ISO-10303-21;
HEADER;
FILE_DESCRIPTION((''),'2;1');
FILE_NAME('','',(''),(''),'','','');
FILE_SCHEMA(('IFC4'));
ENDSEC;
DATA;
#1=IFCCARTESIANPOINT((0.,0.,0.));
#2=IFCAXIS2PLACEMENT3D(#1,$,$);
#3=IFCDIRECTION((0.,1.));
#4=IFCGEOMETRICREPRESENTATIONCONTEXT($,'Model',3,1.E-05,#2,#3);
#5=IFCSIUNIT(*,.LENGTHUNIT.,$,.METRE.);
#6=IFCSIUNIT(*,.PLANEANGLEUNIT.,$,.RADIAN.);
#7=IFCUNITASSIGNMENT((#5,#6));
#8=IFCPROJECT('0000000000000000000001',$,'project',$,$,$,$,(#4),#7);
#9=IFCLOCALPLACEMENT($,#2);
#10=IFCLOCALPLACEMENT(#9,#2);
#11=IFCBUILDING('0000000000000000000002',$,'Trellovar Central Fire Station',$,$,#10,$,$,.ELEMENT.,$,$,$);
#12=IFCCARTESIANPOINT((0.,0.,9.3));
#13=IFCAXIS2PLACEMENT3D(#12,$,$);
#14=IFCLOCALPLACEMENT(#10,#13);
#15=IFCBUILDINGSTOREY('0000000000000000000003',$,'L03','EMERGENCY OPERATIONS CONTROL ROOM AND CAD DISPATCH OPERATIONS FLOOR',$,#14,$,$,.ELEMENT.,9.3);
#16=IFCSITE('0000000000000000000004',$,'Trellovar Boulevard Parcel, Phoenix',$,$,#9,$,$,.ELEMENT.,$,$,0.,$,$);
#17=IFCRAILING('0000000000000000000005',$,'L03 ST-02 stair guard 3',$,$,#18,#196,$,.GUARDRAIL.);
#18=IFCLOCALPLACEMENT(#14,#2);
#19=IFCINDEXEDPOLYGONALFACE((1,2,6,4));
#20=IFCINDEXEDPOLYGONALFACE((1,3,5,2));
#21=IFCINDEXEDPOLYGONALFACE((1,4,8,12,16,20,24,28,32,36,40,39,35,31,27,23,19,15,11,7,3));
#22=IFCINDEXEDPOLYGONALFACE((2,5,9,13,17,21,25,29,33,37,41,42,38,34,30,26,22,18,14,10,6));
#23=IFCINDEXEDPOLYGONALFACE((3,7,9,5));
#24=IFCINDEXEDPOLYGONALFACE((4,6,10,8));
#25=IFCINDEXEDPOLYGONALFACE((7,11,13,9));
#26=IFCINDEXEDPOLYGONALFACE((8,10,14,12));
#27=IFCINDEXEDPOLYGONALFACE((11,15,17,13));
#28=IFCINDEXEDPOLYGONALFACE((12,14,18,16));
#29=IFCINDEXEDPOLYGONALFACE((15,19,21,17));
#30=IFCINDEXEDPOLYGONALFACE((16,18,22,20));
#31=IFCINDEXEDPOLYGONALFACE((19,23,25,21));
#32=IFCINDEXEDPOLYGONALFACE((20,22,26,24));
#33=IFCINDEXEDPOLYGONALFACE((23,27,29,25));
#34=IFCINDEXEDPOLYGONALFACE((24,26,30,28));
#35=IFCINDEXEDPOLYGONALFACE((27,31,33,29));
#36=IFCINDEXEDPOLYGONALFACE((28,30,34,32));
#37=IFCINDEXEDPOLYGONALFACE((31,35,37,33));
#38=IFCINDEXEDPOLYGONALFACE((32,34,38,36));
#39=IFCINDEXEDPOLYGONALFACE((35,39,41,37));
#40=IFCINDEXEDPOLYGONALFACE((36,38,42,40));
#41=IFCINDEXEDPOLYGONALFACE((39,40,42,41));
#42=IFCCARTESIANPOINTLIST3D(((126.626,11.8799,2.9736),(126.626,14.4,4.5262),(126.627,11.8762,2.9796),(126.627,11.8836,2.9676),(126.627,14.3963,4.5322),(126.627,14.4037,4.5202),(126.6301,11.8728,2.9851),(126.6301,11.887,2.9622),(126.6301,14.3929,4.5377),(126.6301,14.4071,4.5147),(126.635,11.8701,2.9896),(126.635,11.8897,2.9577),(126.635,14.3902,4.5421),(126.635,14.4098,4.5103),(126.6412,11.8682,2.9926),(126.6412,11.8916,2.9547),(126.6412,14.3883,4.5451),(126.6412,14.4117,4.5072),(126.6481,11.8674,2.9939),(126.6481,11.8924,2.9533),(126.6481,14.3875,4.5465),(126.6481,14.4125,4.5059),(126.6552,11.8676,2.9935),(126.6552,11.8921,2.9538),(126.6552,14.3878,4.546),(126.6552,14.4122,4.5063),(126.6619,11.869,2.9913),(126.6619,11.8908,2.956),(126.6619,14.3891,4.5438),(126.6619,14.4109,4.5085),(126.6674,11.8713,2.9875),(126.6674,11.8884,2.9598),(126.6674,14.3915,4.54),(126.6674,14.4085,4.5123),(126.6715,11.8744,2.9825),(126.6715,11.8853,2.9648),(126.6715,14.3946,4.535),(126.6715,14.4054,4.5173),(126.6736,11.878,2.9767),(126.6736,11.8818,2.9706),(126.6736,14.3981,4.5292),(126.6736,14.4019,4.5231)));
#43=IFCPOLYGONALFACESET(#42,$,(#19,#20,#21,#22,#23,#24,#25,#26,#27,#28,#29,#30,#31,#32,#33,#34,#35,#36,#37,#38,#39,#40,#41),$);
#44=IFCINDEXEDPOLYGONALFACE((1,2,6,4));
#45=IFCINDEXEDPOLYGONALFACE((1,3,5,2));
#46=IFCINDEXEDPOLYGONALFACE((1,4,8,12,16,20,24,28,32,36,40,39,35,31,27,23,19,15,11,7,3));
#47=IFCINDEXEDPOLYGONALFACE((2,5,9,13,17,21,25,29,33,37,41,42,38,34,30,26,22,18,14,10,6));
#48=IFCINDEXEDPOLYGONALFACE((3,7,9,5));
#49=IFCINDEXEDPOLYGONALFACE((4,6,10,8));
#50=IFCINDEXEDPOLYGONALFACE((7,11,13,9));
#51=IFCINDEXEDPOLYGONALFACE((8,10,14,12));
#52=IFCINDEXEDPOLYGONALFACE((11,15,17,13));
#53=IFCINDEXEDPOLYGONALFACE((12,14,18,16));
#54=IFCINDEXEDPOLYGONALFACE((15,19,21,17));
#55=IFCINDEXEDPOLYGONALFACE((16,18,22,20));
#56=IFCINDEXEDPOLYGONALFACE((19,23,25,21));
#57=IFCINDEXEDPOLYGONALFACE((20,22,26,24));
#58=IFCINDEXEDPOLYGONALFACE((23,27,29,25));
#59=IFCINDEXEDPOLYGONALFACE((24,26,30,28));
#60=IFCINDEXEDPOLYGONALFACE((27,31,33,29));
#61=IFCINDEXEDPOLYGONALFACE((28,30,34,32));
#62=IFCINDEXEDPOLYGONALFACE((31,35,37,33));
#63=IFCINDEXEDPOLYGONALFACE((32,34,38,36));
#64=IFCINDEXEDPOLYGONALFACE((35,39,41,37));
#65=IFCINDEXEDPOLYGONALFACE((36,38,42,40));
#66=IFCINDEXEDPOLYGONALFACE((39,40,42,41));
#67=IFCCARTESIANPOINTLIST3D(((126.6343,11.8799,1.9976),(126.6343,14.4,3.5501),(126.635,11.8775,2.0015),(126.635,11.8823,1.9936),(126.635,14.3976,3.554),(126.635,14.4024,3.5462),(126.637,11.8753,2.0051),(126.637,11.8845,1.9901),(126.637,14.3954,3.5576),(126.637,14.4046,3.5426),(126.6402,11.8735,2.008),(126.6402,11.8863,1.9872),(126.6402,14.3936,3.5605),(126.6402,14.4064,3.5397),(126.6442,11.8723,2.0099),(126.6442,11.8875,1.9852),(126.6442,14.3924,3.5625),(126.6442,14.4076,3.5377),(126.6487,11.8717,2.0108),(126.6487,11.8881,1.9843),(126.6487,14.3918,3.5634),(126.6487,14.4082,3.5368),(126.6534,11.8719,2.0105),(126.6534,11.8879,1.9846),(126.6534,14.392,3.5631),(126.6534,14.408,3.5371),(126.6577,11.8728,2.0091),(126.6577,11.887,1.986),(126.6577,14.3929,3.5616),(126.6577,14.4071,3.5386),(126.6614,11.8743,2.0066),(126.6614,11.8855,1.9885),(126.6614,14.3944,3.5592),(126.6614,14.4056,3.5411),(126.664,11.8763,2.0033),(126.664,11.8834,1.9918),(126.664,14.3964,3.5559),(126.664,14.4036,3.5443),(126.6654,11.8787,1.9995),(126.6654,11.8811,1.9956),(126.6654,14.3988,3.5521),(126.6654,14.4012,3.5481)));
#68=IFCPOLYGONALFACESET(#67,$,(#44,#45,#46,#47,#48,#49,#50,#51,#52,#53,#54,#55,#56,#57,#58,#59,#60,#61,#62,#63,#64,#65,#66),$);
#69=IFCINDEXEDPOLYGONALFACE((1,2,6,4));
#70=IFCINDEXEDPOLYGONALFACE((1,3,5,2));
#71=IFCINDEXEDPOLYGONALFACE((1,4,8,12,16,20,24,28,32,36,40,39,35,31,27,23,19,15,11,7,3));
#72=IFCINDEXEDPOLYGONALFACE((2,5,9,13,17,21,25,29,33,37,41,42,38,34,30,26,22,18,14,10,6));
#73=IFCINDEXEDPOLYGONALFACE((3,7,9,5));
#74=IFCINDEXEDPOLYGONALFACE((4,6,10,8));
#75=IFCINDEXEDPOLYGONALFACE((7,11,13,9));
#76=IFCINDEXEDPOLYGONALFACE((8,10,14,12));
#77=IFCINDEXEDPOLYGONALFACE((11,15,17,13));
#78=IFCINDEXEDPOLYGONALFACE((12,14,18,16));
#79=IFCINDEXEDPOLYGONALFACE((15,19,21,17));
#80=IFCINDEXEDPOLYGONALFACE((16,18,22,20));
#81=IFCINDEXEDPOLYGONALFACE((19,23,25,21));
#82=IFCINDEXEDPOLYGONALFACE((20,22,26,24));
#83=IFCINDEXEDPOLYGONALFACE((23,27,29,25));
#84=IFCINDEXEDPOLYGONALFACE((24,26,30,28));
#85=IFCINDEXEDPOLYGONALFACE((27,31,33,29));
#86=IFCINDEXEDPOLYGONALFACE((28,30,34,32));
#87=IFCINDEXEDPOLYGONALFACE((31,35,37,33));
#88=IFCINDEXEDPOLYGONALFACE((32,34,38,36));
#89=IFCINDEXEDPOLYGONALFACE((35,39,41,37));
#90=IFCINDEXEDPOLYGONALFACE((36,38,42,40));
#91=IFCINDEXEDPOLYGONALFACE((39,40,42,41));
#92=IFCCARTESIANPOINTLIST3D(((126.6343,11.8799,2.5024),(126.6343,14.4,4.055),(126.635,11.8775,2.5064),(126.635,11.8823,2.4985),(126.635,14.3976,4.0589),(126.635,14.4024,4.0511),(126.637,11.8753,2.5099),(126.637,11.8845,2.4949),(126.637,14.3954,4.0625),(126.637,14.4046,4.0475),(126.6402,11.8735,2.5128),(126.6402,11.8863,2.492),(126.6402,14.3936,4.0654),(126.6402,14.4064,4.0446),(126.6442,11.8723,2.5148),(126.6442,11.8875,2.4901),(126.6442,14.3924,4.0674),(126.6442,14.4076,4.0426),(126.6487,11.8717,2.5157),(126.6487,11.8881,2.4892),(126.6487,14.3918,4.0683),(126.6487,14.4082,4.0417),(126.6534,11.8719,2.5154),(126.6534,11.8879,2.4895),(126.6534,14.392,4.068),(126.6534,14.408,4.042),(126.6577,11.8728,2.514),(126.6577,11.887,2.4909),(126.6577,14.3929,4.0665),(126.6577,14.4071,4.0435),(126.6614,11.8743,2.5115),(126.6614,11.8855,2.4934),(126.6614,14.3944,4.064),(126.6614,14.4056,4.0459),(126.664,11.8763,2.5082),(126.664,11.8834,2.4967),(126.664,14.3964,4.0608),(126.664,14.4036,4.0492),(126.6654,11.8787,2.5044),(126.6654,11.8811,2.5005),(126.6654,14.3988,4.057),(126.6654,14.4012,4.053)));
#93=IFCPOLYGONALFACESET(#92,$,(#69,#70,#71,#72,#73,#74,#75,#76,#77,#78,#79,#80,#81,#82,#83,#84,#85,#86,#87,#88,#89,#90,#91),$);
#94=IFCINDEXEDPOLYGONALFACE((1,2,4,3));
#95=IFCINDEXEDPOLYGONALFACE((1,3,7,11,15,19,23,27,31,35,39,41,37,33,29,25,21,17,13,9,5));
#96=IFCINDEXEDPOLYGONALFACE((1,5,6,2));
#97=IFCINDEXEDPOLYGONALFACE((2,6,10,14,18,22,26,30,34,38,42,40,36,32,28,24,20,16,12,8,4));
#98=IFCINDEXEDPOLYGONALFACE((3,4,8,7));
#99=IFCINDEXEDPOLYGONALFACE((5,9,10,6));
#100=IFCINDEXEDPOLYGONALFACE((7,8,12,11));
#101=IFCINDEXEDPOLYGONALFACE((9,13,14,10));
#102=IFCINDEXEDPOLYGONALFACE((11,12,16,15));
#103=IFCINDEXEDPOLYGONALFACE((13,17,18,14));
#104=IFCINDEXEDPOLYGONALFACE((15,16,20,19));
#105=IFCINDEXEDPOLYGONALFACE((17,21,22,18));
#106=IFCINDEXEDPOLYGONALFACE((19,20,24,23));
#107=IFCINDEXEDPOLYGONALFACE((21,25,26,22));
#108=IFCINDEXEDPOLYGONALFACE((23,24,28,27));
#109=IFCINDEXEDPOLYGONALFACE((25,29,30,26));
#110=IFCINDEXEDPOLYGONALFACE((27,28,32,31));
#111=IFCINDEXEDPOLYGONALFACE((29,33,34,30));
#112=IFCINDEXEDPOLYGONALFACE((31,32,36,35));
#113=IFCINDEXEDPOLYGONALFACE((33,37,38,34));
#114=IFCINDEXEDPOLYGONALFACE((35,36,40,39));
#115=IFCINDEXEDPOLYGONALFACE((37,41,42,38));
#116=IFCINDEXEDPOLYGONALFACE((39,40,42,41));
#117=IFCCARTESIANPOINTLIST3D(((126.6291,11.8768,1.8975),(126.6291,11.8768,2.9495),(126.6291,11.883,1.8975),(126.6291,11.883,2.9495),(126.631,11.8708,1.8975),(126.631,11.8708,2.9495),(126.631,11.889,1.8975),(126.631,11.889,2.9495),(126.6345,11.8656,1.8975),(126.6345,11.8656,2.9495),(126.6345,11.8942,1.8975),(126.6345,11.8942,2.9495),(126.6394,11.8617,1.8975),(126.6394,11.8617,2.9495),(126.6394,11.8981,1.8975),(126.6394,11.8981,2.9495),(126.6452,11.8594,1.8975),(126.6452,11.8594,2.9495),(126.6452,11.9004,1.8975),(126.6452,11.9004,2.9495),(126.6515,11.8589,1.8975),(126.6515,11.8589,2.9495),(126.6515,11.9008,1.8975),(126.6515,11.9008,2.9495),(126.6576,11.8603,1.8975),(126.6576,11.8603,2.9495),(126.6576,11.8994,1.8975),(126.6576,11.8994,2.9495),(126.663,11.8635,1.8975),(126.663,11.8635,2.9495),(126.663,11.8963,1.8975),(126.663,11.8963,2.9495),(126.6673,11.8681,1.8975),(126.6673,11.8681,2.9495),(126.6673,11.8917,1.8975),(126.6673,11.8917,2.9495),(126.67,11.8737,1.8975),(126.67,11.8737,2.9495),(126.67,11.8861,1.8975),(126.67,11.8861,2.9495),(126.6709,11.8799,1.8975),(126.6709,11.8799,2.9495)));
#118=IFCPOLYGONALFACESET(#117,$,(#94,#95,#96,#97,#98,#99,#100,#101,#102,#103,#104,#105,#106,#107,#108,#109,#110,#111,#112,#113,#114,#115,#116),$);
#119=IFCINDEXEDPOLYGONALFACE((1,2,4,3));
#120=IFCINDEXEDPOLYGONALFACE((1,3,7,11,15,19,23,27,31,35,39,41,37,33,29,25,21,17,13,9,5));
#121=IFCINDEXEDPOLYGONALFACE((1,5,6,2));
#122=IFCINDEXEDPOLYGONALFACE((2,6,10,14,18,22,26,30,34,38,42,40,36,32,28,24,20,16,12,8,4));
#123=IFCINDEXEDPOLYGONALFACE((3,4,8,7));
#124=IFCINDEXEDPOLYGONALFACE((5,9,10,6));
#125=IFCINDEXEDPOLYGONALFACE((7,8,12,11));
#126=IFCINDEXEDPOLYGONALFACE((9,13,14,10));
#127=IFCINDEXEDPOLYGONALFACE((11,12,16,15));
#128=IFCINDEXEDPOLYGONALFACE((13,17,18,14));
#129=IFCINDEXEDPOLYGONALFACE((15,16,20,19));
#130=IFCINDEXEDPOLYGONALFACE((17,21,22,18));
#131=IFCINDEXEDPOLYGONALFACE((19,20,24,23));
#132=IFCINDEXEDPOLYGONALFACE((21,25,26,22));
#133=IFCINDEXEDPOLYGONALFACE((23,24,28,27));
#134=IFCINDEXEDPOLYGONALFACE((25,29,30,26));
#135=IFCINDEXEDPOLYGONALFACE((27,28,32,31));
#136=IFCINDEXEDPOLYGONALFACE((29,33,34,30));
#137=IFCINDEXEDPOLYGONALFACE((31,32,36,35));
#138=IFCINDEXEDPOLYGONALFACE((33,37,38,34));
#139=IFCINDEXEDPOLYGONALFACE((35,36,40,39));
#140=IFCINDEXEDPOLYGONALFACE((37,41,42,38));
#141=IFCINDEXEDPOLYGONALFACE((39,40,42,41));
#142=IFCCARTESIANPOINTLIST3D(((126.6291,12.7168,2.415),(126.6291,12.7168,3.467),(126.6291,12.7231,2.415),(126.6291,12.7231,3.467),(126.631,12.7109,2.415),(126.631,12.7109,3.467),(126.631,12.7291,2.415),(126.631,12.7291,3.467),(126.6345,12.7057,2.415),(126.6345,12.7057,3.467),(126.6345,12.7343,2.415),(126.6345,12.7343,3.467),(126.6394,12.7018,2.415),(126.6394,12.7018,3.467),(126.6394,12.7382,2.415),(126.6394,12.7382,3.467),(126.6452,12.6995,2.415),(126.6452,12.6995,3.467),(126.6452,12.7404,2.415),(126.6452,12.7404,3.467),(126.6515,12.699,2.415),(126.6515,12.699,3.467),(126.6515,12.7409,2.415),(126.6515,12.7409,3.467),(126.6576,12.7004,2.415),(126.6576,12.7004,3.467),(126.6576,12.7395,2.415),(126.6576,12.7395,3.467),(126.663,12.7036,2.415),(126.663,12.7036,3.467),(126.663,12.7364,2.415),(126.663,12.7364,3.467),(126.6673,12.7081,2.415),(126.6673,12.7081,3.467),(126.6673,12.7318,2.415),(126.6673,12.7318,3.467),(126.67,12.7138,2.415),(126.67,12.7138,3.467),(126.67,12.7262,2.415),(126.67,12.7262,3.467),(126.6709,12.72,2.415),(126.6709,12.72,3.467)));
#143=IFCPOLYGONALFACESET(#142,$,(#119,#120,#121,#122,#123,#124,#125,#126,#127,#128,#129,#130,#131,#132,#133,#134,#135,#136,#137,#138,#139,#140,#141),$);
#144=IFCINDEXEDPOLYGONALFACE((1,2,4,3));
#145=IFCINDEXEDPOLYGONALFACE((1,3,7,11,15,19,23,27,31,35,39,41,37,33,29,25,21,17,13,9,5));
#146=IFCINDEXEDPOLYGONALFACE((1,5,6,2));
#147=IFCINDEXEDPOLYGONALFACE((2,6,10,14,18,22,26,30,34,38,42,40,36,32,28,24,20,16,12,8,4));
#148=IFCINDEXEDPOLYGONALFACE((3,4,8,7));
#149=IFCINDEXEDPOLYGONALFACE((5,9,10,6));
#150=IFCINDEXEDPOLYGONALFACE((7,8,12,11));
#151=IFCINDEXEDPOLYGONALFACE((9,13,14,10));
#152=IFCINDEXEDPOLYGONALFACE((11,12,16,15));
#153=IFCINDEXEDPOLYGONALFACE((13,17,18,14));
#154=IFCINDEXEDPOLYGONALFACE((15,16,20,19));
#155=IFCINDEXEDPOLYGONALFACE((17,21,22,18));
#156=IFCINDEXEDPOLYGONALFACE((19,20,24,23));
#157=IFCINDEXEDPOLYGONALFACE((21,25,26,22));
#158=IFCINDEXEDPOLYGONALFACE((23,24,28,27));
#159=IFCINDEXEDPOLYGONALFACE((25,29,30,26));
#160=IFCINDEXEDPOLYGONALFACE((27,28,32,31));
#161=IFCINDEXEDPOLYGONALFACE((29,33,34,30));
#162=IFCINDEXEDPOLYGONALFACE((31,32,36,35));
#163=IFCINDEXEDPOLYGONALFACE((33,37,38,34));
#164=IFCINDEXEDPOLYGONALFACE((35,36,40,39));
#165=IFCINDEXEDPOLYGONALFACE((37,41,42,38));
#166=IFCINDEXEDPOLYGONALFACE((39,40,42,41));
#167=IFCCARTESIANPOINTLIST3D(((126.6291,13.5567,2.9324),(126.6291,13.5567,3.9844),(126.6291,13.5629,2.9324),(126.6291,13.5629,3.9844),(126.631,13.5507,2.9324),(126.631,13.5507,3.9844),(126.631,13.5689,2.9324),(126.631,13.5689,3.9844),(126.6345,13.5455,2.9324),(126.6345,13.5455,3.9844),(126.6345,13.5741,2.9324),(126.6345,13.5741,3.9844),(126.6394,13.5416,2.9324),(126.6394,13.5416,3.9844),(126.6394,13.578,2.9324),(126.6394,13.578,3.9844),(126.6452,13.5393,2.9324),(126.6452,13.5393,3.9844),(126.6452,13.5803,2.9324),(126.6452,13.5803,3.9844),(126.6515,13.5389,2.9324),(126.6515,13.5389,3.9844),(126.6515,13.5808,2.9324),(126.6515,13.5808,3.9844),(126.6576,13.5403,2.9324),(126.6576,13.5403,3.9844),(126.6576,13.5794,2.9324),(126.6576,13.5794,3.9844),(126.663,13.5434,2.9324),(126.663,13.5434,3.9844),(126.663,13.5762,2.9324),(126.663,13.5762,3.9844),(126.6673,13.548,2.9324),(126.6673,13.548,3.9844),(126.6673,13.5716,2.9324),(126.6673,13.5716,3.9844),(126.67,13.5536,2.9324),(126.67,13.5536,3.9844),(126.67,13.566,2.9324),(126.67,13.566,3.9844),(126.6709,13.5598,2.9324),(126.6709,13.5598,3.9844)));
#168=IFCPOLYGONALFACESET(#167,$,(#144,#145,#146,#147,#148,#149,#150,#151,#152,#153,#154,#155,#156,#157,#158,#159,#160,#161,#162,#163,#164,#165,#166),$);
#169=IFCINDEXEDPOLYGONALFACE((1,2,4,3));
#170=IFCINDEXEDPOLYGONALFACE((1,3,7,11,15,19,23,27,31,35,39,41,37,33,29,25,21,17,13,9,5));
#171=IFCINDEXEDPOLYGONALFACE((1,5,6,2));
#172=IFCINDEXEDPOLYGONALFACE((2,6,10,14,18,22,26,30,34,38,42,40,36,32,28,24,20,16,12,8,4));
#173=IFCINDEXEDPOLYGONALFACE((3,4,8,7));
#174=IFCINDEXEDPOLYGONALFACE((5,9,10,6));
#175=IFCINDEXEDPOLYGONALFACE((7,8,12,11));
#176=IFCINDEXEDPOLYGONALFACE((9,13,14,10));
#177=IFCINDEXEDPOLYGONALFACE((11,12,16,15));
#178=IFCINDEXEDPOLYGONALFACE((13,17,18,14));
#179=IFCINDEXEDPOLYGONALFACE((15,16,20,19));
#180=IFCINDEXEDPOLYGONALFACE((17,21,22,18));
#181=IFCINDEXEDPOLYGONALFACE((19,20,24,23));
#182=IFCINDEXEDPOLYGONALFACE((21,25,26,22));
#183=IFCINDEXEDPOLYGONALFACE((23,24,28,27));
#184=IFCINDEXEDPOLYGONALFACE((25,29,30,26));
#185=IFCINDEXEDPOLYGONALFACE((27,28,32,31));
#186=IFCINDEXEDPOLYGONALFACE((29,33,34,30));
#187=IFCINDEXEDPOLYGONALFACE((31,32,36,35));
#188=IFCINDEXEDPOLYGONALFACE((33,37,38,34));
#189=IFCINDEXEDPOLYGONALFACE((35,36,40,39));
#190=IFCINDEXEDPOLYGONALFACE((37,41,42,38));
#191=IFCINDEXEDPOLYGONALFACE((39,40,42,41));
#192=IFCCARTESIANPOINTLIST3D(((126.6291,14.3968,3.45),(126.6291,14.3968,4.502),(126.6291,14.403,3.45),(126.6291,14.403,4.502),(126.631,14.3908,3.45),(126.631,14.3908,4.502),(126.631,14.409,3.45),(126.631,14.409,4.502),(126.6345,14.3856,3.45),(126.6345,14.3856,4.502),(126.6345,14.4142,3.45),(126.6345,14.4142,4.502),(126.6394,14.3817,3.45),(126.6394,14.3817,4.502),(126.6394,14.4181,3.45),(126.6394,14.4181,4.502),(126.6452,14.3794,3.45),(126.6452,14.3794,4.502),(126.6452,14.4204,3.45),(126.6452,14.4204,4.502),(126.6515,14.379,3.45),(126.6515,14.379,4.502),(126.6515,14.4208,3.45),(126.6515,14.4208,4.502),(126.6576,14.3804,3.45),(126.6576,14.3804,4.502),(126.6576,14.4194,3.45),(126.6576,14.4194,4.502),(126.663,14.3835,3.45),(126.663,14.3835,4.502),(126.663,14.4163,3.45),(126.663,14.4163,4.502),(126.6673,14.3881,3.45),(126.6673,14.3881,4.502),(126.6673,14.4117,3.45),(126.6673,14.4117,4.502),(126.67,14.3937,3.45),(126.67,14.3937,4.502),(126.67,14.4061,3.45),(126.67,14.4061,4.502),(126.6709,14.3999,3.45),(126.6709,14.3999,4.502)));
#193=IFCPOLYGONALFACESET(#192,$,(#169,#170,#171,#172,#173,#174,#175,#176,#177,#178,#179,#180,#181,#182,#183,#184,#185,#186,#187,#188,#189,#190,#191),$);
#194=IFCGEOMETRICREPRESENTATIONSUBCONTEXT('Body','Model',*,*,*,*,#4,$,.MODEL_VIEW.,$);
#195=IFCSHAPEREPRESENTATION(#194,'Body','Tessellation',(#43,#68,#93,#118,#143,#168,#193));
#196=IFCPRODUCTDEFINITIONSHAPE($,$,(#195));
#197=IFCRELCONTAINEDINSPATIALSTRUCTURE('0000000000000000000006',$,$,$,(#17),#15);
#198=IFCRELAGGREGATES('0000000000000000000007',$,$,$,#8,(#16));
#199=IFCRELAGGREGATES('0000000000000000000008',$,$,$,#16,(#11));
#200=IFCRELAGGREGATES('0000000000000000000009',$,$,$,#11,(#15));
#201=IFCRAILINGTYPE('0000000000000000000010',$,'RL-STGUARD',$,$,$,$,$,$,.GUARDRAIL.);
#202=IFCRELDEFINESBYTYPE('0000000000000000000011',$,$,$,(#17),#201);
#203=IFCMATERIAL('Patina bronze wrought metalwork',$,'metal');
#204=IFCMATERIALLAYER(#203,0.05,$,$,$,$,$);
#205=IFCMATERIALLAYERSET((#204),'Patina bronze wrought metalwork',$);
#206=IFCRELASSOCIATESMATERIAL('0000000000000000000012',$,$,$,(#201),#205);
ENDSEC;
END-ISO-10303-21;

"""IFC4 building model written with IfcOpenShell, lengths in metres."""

from ifc_helpers import new_model, si_unit, direction, frame, origin, origin_2d, place, context, subcontext, project, spatial, circle, extrude, material, layer, layer_set, type_object, element, save


model = new_model("IFC4")

# Units and contexts
model_context = context("Model", 3, precision=1e-05, world=origin(), true_north=direction((0.0, 1.0)))
body_context = subcontext(model_context, "Body", "Model", "MODEL_VIEW")
ifc_project = project(units=[si_unit("LENGTHUNIT", "METRE"), si_unit("PLANEANGLEUNIT", "RADIAN")], contexts=[model_context])

# Site, building, storey
site_placement = place(None, origin())
site = spatial("IfcSite", under=ifc_project, at=site_placement, Name="Trellovar Boulevard Parcel, Phoenix", CompositionType="ELEMENT", RefElevation=0.0)
building_placement = place(site_placement, origin())
building = spatial("IfcBuilding", under=site, at=building_placement, Name="Trellovar Central Fire Station", CompositionType="ELEMENT")
storey_placement = place(building_placement, frame((0.0, 0.0, 9.3)))
storey = spatial("IfcBuildingStorey", under=building, at=storey_placement, Name="L03", Description="EMERGENCY OPERATIONS CONTROL ROOM AND CAD DISPATCH OPERATIONS FLOOR", CompositionType="ELEMENT", Elevation=9.3)

# Railing
ifc_material_1 = material(Name="Patina bronze wrought metalwork", Category="metal")
ifc_layer_1 = layer(ifc_material_1, 0.05)
ifc_layer_set_1 = layer_set([ifc_layer_1], Name="Patina bronze wrought metalwork")
railing_type_1 = type_object("IfcRailingType", Name="RL-STGUARD", PredefinedType="GUARDRAIL", material=ifc_layer_set_1)
railing_1_placement = place(storey_placement, frame((126.6499, 11.8799, 1.8975)))
element("IfcRailing", 1, at=railing_1_placement, inside=storey, type_object=railing_type_1, Name="L03 ST-02 stair guard 3", PredefinedType="GUARDRAIL", context=body_context, shape_type="SweptSolid", body=[
    extrude(circle(Radius=0.0239, at=origin_2d()), frame((0.0, 0.0, 1.0762), z_axis=(0.0, 0.8514, 0.524516), x_axis=(-1.0, 0.0, 0.0)), (0.0, 0.0, 1.0), 2.96),
    extrude(circle(Radius=0.0156, at=origin_2d()), frame((0.0, 0.0, 0.1001), z_axis=(0.0, 0.8514, 0.524516), x_axis=(-1.0, 0.0, 0.0)), (0.0, 0.0, 1.0), 2.96),
    extrude(circle(Radius=0.0156, at=origin_2d()), frame((0.0, 0.0, 0.605), z_axis=(0.0, 0.8514, 0.524516), x_axis=(-1.0, 0.0, 0.0)), (0.0, 0.0, 1.0), 2.96),
    extrude(circle(Radius=0.021, at=origin_2d()), origin(), (0.0, 0.0, 1.0), 1.052),
    extrude(circle(Radius=0.021, at=origin_2d()), frame((0.0, 0.8401, 0.5176)), (0.0, 0.0, 1.0), 1.052),
    extrude(circle(Radius=0.021, at=origin_2d()), frame((0.0, 1.6799, 1.0349)), (0.0, 0.0, 1.0), 1.052),
    extrude(circle(Radius=0.021, at=origin_2d()), frame((0.0, 2.52, 1.5525)), (0.0, 0.0, 1.0), 1.052),
])

save(model, "model.ifc")
